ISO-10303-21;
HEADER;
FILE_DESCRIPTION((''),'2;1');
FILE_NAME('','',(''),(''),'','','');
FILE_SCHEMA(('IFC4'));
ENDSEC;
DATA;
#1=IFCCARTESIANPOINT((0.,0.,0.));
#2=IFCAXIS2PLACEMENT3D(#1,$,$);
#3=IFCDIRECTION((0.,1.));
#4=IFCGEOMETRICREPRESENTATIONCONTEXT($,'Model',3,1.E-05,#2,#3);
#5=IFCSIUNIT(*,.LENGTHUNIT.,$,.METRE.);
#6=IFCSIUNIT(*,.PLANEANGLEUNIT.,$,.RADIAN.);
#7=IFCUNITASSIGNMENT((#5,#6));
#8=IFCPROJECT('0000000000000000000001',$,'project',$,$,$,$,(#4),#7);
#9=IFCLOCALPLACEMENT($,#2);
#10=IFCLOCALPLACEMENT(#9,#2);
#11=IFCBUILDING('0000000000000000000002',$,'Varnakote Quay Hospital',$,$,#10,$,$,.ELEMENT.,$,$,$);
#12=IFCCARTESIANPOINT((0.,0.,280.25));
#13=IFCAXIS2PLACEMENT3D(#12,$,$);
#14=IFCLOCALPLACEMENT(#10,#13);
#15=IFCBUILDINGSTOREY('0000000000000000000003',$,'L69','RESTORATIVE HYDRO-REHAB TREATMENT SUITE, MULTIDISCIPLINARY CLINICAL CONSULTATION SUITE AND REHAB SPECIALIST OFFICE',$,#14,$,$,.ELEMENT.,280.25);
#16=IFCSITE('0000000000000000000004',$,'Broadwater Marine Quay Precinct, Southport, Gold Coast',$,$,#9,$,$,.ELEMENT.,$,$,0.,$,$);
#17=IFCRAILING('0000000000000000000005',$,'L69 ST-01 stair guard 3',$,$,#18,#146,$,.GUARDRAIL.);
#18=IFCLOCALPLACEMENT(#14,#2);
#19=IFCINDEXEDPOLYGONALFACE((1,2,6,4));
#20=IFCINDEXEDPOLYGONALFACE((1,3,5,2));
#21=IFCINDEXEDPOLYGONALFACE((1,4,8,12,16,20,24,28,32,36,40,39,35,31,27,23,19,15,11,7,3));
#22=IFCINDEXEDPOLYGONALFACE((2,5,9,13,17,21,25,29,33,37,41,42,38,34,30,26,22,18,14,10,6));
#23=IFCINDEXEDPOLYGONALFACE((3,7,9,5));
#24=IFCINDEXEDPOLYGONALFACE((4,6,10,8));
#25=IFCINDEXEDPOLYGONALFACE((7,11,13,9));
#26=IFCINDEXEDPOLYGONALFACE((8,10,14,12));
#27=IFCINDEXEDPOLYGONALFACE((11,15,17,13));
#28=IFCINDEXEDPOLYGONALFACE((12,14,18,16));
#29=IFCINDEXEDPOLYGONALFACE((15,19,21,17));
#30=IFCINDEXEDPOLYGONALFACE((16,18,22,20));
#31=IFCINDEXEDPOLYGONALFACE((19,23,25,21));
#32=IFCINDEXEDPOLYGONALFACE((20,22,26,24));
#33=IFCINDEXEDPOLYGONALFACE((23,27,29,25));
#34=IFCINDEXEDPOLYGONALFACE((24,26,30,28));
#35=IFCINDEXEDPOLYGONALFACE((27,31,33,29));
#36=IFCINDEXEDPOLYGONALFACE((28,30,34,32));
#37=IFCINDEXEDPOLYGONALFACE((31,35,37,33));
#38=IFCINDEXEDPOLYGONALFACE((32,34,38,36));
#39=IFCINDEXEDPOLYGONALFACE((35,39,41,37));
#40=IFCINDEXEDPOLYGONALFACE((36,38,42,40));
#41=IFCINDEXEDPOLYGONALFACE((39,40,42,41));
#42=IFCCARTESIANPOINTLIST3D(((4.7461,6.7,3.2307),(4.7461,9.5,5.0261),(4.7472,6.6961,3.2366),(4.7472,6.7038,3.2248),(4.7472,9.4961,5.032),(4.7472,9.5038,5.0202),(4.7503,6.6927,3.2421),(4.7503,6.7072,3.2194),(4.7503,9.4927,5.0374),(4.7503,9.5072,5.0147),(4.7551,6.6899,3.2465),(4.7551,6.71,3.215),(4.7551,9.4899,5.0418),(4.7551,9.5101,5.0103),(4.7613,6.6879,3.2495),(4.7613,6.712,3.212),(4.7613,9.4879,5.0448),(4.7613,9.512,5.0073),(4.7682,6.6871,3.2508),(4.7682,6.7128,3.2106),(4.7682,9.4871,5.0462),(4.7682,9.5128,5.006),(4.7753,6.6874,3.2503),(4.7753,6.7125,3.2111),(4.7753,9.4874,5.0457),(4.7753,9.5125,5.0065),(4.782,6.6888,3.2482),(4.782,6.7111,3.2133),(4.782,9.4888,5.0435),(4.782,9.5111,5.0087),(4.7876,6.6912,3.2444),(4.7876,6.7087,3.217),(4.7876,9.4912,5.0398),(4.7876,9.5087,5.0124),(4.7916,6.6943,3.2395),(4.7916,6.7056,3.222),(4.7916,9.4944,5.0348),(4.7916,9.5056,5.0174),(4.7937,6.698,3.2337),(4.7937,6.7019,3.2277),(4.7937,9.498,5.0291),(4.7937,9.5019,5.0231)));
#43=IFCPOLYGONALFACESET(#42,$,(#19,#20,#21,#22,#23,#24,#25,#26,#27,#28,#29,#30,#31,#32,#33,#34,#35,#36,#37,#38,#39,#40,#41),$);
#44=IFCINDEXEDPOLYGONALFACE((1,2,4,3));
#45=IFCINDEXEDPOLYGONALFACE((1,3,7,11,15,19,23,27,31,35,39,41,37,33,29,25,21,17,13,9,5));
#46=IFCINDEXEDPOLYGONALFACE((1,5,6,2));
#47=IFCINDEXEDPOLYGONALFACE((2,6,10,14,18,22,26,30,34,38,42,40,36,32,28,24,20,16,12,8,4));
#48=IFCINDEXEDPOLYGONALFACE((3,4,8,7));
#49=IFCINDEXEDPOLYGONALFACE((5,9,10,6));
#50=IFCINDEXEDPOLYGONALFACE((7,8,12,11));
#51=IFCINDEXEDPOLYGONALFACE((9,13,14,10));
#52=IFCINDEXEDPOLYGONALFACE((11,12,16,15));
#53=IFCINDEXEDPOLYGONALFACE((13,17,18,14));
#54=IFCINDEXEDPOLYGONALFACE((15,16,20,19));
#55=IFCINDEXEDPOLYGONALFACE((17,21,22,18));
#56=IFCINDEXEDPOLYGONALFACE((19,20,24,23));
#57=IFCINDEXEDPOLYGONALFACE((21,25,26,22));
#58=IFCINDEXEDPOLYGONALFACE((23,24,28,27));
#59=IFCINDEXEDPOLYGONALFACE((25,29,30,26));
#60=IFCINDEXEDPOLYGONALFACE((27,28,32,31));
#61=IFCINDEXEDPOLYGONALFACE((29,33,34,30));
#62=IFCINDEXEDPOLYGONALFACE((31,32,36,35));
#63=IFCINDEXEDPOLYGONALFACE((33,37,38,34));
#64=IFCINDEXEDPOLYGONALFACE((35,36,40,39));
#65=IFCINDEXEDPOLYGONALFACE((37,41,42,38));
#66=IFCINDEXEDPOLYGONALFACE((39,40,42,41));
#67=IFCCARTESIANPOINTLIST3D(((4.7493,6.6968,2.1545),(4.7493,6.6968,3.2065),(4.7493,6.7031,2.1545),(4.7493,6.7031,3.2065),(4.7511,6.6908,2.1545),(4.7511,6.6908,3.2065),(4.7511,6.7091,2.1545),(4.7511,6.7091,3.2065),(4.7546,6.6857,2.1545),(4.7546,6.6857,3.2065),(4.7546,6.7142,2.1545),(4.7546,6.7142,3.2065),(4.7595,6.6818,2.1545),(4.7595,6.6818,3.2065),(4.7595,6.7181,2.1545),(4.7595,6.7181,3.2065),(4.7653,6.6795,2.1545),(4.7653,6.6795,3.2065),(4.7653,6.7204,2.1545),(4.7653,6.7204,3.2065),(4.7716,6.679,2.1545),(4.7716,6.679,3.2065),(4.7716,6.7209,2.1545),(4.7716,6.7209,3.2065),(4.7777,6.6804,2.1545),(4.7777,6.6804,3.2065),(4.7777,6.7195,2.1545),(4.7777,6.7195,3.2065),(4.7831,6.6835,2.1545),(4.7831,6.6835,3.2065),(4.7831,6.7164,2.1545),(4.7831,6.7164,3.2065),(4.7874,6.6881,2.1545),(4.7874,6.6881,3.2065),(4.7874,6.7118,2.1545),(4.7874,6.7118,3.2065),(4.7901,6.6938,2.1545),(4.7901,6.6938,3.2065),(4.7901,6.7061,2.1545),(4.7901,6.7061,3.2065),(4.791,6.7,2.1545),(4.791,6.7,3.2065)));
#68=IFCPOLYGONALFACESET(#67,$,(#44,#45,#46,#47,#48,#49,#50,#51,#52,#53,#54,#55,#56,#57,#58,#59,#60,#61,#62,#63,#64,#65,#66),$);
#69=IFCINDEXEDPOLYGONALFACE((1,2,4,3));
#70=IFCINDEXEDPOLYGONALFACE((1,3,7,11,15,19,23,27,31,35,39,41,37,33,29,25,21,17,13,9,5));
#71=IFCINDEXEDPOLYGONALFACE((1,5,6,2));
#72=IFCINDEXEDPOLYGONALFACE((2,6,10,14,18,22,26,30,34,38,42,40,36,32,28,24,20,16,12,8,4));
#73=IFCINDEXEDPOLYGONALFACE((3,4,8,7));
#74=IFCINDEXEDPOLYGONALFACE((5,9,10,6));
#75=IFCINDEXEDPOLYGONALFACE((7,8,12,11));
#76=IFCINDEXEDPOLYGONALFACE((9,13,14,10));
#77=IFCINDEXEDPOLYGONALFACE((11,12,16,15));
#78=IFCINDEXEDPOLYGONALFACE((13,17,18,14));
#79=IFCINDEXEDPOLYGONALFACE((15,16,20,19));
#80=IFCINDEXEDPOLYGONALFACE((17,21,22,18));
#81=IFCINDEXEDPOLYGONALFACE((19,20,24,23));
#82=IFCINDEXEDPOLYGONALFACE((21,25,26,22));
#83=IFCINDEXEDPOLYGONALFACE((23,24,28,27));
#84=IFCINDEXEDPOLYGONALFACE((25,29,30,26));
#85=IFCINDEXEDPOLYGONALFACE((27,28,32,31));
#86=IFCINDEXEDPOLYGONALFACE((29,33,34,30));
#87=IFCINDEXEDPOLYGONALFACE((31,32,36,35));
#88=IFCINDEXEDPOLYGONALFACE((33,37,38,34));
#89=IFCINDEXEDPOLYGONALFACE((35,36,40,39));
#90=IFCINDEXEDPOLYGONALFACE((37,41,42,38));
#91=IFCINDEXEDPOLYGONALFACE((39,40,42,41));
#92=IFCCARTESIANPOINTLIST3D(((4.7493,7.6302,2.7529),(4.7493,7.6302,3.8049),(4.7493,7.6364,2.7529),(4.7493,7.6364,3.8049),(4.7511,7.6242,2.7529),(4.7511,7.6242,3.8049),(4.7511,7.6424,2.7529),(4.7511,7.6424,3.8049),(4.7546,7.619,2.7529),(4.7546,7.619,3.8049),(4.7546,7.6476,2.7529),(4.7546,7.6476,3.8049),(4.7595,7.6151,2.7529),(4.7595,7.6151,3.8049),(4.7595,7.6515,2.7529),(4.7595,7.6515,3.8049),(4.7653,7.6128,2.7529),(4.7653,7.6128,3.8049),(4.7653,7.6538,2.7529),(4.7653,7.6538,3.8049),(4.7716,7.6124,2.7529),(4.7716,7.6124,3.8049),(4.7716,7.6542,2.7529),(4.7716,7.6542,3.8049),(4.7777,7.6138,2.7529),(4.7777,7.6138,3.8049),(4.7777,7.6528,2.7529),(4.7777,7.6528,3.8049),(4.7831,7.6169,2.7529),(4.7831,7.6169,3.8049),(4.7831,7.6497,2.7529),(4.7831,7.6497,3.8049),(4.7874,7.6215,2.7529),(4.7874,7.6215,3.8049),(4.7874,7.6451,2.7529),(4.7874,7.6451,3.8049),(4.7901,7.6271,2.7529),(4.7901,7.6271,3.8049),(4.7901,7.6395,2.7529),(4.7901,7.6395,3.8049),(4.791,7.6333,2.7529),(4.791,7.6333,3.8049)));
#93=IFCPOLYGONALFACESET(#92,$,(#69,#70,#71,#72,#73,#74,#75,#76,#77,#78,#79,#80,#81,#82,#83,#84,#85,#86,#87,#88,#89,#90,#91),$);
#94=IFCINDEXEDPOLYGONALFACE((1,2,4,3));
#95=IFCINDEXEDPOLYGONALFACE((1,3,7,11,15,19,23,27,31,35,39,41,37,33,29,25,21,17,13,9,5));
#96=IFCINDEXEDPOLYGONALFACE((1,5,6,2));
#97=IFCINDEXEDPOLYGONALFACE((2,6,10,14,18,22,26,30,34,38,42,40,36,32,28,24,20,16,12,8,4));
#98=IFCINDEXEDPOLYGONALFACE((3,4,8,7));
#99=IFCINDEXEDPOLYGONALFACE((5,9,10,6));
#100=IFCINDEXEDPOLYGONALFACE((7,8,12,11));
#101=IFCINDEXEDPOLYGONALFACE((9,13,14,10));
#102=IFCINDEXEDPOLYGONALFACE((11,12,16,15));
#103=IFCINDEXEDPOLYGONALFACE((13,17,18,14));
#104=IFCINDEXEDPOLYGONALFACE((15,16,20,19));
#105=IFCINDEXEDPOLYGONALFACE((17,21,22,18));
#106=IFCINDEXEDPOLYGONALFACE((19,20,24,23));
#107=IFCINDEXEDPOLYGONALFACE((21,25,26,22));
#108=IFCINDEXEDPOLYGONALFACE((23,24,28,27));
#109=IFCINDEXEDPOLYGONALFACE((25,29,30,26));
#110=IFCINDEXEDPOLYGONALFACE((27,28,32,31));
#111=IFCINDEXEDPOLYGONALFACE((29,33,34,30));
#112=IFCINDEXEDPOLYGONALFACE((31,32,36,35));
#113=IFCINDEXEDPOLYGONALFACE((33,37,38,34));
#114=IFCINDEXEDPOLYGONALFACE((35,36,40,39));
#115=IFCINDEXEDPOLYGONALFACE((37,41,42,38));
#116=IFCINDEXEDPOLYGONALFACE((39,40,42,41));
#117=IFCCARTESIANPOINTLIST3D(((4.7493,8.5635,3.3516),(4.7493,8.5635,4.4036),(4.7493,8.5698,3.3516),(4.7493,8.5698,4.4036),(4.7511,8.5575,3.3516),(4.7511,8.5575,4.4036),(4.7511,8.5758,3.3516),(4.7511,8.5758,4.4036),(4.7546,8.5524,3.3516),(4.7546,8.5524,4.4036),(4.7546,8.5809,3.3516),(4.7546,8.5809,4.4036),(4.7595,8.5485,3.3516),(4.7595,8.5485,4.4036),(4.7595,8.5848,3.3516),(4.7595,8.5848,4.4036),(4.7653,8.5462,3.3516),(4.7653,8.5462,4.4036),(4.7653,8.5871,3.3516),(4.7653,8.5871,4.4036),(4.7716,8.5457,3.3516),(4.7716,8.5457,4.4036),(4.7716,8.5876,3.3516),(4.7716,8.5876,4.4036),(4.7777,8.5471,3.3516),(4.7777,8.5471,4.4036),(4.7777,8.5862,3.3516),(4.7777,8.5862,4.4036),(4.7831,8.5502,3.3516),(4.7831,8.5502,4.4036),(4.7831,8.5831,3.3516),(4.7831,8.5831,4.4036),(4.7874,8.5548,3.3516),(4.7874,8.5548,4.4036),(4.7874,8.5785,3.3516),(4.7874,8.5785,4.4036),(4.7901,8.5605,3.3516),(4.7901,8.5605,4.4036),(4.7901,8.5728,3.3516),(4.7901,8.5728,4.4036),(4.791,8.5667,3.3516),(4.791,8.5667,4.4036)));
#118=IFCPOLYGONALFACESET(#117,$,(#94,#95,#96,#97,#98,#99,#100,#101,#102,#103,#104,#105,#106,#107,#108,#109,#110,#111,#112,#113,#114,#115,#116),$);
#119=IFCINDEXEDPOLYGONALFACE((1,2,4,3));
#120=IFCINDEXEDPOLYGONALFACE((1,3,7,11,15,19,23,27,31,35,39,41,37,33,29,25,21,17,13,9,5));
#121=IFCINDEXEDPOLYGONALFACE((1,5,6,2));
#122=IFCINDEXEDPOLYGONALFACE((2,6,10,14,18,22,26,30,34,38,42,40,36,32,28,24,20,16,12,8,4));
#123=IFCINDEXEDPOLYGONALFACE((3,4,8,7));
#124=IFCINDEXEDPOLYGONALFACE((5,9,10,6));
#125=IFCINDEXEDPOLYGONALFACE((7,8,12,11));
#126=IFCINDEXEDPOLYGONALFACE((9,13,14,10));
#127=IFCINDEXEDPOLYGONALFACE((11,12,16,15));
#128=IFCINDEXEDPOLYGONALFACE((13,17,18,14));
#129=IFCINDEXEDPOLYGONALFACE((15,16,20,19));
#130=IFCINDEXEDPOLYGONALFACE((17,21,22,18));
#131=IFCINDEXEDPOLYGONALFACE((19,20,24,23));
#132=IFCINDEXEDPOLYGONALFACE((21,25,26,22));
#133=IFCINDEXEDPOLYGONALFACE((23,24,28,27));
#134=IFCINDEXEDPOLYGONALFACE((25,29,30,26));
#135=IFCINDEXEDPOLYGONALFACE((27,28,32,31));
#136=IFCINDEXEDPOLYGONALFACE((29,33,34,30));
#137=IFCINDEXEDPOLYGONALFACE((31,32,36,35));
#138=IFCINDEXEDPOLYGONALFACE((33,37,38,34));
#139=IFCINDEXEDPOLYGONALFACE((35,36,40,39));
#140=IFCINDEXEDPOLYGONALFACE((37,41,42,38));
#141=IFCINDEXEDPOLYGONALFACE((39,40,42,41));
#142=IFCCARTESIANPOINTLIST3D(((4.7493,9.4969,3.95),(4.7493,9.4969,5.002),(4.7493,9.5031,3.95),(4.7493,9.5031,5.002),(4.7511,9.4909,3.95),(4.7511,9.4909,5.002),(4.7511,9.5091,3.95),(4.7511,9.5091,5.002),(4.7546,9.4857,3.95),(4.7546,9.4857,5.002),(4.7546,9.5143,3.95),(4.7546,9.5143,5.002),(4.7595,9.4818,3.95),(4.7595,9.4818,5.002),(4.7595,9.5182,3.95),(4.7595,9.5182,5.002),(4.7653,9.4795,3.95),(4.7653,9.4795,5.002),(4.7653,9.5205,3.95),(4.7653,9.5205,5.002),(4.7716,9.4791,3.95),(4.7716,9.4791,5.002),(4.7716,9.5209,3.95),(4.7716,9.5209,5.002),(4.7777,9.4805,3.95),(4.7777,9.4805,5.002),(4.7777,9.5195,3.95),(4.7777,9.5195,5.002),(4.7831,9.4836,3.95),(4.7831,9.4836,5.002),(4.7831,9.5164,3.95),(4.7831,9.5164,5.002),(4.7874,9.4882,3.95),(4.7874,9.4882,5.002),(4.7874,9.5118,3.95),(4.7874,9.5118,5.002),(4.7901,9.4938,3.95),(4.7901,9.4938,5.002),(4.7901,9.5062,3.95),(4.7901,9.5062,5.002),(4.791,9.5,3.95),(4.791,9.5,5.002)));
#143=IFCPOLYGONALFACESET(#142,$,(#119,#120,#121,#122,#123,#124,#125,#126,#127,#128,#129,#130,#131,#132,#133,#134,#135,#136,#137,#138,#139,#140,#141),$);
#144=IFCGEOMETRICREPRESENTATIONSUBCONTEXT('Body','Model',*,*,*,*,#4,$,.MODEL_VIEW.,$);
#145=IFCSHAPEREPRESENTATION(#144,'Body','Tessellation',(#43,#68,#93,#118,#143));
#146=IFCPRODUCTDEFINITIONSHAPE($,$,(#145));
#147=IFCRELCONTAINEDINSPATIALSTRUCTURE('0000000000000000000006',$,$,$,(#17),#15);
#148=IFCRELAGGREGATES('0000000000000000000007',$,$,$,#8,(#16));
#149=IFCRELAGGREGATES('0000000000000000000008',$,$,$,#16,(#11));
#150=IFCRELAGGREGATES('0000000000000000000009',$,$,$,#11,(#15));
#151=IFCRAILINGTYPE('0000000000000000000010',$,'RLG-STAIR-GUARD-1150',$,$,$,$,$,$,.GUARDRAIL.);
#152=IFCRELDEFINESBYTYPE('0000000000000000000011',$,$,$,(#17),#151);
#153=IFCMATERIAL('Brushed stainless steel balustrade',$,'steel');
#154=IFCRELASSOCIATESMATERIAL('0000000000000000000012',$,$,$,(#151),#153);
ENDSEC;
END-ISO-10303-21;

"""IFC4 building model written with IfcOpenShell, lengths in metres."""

from ifc_helpers import new_model, si_unit, direction, frame, origin, origin_2d, place, context, subcontext, project, spatial, circle, extrude, material, type_object, element, save


model = new_model("IFC4")

# Units and contexts
model_context = context("Model", 3, precision=1e-05, world=origin(), true_north=direction((0.0, 1.0)))
body_context = subcontext(model_context, "Body", "Model", "MODEL_VIEW")
ifc_project = project(units=[si_unit("LENGTHUNIT", "METRE"), si_unit("PLANEANGLEUNIT", "RADIAN")], contexts=[model_context])

# Site, building, storey
site_placement = place(None, origin())
site = spatial("IfcSite", under=ifc_project, at=site_placement, Name="Broadwater Marine Quay Precinct, Southport, Gold Coast", CompositionType="ELEMENT", RefElevation=0.0)
building_placement = place(site_placement, origin())
building = spatial("IfcBuilding", under=site, at=building_placement, Name="Varnakote Quay Hospital", CompositionType="ELEMENT")
storey_placement = place(building_placement, frame((0.0, 0.0, 280.25)))
storey = spatial("IfcBuildingStorey", under=building, at=storey_placement, Name="L69", Description="RESTORATIVE HYDRO-REHAB TREATMENT SUITE, MULTIDISCIPLINARY CLINICAL CONSULTATION SUITE AND REHAB SPECIALIST OFFICE", CompositionType="ELEMENT", Elevation=280.25)

# Railing
ifc_material_1 = material(Name="Brushed stainless steel balustrade", Category="steel")
railing_type_1 = type_object("IfcRailingType", Name="RLG-STAIR-GUARD-1150", PredefinedType="GUARDRAIL", material=ifc_material_1)
railing_1_placement = place(storey_placement, frame((4.77, 6.7, 2.1545)))
element("IfcRailing", 1, at=railing_1_placement, inside=storey, type_object=railing_type_1, Name="L69 ST-01 stair guard 3", PredefinedType="GUARDRAIL", context=body_context, shape_type="SweptSolid", body=[
    extrude(circle(Radius=0.0239, at=origin_2d()), frame((0.0, 0.0, 1.0762), z_axis=(0.0, 0.84181, 0.539774), x_axis=(-1.0, 0.0, 0.0)), (0.0, 0.0, 1.0), 3.3262),
    extrude(circle(Radius=0.021, at=origin_2d()), origin(), (0.0, 0.0, 1.0), 1.052),
    extrude(circle(Radius=0.021, at=origin_2d()), frame((0.0, 0.9333, 0.5984)), (0.0, 0.0, 1.0), 1.052),
    extrude(circle(Radius=0.021, at=origin_2d()), frame((0.0, 1.8667, 1.197)), (0.0, 0.0, 1.0), 1.052),
    extrude(circle(Radius=0.021, at=origin_2d()), frame((0.0, 2.8, 1.7954)), (0.0, 0.0, 1.0), 1.052),
])

save(model, "model.ifc")
